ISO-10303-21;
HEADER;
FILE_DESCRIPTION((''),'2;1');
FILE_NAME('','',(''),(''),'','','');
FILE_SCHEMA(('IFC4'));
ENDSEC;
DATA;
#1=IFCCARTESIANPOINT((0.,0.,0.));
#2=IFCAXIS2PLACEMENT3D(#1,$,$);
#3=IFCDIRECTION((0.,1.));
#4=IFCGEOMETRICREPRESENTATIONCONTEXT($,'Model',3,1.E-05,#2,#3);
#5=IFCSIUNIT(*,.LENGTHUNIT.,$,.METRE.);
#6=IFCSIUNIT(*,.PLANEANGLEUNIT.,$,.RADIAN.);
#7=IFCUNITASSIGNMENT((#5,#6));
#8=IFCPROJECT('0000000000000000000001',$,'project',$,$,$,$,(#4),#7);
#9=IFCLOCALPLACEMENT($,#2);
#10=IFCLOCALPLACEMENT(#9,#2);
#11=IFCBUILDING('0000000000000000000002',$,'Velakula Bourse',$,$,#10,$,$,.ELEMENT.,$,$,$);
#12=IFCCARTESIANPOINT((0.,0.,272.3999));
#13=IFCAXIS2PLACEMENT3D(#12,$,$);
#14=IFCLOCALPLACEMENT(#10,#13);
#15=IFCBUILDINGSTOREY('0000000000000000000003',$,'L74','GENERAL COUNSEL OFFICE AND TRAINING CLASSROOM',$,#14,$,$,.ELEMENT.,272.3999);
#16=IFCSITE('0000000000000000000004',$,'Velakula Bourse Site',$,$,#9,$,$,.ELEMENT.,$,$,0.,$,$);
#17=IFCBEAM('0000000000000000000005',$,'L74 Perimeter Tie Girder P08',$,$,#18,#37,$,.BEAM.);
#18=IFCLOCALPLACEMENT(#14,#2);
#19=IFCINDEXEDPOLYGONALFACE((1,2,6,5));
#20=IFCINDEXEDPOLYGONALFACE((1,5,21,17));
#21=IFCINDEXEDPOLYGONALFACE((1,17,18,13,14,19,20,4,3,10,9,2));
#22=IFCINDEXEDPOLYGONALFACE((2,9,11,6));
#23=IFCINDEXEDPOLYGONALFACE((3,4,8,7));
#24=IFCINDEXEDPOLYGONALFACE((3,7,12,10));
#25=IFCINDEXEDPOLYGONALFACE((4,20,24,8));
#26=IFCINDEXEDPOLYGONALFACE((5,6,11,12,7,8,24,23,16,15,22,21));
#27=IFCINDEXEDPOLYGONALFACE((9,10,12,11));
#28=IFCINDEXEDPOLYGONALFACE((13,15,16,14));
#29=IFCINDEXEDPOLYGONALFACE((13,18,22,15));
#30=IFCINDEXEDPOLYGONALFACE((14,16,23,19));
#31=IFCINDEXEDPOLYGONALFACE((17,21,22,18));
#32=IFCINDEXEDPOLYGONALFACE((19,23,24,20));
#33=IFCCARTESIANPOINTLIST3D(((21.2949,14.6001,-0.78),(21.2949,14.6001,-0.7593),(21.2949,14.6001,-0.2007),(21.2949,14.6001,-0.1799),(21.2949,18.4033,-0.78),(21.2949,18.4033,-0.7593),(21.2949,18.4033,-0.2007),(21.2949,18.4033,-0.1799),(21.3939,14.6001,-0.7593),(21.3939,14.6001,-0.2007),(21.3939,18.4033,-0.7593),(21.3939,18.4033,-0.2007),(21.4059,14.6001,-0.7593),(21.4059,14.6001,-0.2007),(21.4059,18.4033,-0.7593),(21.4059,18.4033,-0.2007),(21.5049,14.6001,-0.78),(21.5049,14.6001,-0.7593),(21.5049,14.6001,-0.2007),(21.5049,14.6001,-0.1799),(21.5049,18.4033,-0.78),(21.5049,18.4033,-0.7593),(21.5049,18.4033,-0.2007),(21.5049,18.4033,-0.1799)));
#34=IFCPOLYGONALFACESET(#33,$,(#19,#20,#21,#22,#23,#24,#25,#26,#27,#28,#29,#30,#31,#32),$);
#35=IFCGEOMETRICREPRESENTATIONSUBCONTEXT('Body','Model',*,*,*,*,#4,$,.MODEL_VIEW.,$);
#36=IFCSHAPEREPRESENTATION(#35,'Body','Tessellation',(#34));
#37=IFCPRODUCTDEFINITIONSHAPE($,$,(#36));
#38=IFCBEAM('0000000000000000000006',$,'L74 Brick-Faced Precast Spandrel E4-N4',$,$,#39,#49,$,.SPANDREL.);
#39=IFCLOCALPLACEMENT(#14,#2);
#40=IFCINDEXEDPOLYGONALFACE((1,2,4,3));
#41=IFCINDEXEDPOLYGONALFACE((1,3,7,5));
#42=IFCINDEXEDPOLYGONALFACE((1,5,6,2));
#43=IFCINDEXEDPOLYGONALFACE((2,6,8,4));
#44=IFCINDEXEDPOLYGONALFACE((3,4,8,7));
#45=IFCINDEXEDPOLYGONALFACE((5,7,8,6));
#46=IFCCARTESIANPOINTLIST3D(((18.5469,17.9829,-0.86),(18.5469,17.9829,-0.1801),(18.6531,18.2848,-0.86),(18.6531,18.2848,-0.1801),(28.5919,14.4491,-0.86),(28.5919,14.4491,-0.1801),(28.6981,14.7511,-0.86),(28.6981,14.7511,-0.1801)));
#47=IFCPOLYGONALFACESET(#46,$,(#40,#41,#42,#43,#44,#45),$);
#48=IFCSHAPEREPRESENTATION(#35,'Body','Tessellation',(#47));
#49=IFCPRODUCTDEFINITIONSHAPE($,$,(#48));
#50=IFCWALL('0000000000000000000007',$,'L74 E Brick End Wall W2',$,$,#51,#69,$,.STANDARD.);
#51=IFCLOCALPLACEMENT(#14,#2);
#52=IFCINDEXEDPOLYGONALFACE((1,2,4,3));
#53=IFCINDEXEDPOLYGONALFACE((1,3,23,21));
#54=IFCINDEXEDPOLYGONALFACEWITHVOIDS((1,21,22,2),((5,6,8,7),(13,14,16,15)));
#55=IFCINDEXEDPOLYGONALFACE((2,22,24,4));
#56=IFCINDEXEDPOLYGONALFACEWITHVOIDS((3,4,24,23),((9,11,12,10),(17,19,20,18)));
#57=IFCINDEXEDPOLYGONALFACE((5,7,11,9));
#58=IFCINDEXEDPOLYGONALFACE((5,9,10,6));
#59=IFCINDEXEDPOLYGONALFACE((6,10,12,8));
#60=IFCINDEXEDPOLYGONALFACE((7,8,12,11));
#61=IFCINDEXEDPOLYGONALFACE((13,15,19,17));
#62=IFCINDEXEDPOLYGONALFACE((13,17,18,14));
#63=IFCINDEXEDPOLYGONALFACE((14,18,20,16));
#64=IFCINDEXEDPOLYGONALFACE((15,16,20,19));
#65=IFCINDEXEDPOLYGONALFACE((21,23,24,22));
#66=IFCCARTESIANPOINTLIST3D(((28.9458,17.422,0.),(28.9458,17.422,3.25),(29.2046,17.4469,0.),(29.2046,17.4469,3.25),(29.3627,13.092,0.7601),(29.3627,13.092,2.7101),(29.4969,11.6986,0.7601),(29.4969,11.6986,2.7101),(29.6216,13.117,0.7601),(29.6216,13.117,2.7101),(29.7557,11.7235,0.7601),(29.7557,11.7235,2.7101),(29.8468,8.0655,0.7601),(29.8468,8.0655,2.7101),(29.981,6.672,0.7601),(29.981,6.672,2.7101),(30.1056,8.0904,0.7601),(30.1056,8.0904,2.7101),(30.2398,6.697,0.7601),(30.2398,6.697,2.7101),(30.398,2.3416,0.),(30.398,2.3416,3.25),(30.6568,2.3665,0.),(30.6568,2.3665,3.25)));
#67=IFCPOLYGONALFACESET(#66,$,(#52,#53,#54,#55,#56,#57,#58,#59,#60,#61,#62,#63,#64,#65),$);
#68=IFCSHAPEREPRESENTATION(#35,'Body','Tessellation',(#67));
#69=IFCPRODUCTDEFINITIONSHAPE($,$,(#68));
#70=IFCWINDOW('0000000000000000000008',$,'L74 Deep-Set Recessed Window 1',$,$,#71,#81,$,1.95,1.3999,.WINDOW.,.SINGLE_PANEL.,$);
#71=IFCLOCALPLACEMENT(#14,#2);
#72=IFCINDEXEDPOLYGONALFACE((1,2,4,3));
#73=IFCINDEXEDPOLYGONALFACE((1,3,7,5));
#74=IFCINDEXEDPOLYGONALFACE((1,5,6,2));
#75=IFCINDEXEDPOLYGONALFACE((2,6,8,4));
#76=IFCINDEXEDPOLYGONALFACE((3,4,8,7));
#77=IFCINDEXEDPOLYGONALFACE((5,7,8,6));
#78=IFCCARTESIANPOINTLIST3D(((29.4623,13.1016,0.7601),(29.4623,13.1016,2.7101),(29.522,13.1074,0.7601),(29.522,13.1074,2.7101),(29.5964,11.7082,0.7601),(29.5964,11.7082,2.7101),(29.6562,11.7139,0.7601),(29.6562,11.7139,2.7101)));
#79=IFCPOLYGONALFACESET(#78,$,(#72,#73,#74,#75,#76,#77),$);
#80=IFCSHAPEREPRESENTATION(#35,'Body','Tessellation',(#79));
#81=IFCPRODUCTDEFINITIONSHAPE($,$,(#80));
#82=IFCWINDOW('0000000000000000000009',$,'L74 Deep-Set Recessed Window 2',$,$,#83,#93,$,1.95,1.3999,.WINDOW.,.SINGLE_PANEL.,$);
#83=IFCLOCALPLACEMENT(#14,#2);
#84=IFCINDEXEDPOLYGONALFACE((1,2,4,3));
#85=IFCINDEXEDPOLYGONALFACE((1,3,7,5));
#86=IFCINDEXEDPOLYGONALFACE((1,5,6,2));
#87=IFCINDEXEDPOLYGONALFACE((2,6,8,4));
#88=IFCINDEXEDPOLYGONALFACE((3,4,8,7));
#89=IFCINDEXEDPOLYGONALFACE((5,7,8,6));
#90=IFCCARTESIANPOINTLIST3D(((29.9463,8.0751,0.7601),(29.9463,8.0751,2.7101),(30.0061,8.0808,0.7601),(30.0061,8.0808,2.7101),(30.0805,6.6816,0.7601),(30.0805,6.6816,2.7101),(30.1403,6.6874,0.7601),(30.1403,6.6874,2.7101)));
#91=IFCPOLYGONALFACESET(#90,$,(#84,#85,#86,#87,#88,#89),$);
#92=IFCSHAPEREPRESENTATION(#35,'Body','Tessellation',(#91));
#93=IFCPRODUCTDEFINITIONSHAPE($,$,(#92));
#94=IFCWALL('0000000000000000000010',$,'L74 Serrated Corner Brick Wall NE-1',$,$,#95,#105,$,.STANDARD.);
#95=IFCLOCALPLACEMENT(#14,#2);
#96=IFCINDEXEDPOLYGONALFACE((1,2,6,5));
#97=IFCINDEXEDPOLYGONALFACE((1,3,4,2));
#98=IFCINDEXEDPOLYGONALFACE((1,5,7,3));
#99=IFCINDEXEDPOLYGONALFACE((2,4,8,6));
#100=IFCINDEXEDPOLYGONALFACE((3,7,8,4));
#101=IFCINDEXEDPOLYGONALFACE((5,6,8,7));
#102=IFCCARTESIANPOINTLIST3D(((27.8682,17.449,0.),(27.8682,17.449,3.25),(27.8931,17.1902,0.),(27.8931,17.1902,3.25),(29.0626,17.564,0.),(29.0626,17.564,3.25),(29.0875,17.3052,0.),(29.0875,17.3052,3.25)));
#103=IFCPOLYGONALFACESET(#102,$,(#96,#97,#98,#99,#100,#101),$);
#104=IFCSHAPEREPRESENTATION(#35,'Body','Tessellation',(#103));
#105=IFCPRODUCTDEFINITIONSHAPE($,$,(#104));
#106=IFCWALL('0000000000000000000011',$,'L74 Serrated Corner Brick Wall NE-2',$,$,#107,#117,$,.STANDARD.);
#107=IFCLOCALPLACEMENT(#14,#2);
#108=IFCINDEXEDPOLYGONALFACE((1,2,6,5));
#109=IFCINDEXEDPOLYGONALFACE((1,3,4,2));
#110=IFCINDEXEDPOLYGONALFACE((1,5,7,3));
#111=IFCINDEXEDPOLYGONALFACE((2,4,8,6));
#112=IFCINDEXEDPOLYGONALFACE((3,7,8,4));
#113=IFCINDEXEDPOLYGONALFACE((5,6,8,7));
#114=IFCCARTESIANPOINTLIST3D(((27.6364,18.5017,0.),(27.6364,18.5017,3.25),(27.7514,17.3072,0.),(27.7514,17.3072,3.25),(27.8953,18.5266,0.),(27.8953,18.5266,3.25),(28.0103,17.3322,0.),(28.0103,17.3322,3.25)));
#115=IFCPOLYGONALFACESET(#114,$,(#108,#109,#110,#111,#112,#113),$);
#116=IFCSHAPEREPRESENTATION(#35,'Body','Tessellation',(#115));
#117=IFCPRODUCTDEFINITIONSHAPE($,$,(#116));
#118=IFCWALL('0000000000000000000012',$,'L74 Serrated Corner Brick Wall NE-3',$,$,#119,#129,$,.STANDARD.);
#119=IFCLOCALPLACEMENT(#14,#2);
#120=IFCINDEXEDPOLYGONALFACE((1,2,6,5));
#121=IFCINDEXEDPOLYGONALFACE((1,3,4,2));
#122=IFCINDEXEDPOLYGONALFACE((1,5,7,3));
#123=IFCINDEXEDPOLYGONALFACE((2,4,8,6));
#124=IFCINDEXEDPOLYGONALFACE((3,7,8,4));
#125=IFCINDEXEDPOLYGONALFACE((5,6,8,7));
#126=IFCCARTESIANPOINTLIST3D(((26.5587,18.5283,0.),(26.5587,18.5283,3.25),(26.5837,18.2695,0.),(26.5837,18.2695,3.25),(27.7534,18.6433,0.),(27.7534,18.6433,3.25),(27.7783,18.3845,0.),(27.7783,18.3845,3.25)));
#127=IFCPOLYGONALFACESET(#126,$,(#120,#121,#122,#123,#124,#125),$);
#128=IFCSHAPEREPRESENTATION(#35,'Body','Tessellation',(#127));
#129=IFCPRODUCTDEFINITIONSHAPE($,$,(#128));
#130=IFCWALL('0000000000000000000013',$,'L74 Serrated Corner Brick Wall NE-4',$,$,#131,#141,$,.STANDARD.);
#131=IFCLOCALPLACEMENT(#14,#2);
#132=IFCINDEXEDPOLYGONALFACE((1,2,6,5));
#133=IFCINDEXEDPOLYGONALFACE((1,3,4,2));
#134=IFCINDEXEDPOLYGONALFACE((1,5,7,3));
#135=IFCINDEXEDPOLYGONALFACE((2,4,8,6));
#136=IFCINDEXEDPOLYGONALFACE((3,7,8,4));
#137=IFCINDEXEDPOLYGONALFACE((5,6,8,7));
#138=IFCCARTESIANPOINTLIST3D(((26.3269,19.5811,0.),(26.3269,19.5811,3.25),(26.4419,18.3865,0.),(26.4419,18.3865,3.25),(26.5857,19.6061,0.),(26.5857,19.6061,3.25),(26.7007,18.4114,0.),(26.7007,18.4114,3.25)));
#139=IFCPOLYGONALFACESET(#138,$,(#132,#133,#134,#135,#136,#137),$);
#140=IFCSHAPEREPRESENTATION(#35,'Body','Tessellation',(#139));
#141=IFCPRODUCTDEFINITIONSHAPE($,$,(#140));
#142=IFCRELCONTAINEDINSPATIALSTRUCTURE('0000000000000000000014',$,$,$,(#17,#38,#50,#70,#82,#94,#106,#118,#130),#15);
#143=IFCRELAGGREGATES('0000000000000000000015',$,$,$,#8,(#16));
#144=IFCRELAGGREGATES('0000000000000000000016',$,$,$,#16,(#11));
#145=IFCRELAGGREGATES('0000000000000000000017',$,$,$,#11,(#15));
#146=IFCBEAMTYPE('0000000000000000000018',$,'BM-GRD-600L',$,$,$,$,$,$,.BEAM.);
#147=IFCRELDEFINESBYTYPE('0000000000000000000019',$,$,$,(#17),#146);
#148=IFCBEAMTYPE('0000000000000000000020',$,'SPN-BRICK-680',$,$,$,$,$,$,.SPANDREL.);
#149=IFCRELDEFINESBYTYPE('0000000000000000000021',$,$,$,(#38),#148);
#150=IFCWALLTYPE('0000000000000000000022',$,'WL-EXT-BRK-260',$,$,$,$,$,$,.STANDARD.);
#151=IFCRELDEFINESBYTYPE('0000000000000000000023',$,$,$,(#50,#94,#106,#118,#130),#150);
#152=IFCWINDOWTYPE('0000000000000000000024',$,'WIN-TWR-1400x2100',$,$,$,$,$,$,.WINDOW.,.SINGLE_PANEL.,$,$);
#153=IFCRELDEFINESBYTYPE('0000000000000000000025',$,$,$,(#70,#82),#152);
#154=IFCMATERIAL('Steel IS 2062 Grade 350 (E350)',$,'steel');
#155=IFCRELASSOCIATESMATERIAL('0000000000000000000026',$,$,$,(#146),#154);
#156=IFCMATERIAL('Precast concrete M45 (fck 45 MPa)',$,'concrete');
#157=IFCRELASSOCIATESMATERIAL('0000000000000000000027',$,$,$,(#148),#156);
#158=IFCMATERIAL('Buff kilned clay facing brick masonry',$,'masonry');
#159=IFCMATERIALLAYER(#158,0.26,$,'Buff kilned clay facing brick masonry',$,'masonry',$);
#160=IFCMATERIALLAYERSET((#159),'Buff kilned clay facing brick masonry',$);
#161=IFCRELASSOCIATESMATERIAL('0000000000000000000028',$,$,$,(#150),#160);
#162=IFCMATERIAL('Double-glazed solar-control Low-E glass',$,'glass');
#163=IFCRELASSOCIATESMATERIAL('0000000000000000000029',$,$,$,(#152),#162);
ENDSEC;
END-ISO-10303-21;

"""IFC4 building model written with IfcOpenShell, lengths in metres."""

from ifc_helpers import new_model, si_unit, direction, frame, frame_2d, origin, origin_2d, place, context, subcontext, project, spatial, rectangle, i_section, extrude, material, layer, layer_set, material_profile, profile_set, type_object, element, fill, save


model = new_model("IFC4")

# Units and contexts
model_context = context("Model", 3, precision=1e-05, world=origin(), true_north=direction((0.0, 1.0)))
body_context = subcontext(model_context, "Body", "Model", "MODEL_VIEW")
ifc_project = project(units=[si_unit("LENGTHUNIT", "METRE"), si_unit("PLANEANGLEUNIT", "RADIAN")], contexts=[model_context])

# Site, building, storey
site_placement = place(None, origin())
site = spatial("IfcSite", under=ifc_project, at=site_placement, Name="Velakula Bourse Site", CompositionType="ELEMENT", RefElevation=0.0)
building_placement = place(site_placement, origin())
building = spatial("IfcBuilding", under=site, at=building_placement, Name="Velakula Bourse", CompositionType="ELEMENT")
storey_placement = place(building_placement, frame((0.0, 0.0, 272.3999)))
storey = spatial("IfcBuildingStorey", under=building, at=storey_placement, Name="L74", Description="GENERAL COUNSEL OFFICE AND TRAINING CLASSROOM", CompositionType="ELEMENT", Elevation=272.3999)

# Shared definitions
ifc_material_1 = material(Name="Steel IS 2062 Grade 350 (E350)", Category="steel")
ifc_material_2 = material(Name="Precast concrete M45 (fck 45 MPa)", Category="concrete")

# Beams
ifc_material_profile_1 = material_profile(ifc_material_1, i_section(OverallWidth=0.21, OverallDepth=0.6001, WebThickness=0.012, FlangeThickness=0.0208, at=origin_2d()), Name="Steel IS 2062 Grade 350 (E350)")
ifc_profile_set_1 = profile_set([ifc_material_profile_1], Name="Steel IS 2062 Grade 350 (E350)")
beam_type_1 = type_object("IfcBeamType", Name="BM-GRD-600L", PredefinedType="BEAM", material=ifc_profile_set_1)
beam_1_placement = place(storey_placement, frame((21.3999, 14.6001, -0.48), z_axis=(0.0, 1.0, 0.0), x_axis=(-1.0, 0.0, 0.0)))
element("IfcBeam", 1, at=beam_1_placement, inside=storey, type_object=beam_type_1, Name="L74 Perimeter Tie Girder P08", PredefinedType="BEAM", context=body_context, shape_type="SweptSolid", body=[
    extrude(i_section(OverallWidth=0.21, OverallDepth=0.6001, WebThickness=0.012, FlangeThickness=0.0208, at=origin_2d()), origin(), (0.0, 0.0, 1.0), 3.8032),
])
ifc_material_profile_2 = material_profile(ifc_material_2, rectangle(XDim=0.3201, YDim=0.6799, at=origin_2d()), Name="Precast concrete M45 (fck 45 MPa)")
ifc_profile_set_2 = profile_set([ifc_material_profile_2], Name="Precast concrete M45 (fck 45 MPa)")
beam_type_2 = type_object("IfcBeamType", Name="SPN-BRICK-680", PredefinedType="SPANDREL", material=ifc_profile_set_2)
beam_2_placement = place(storey_placement, frame((28.645, 14.6001, -0.52), z_axis=(-0.943331, 0.331853, 0.0), x_axis=(-0.331853, -0.943331, 0.0)))
element("IfcBeam", 2, at=beam_2_placement, inside=storey, type_object=beam_type_2, Name="L74 Brick-Faced Precast Spandrel E4-N4", PredefinedType="SPANDREL", context=body_context, shape_type="SweptSolid", body=[
    extrude(rectangle(XDim=0.3201, YDim=0.6799, at=origin_2d()), origin(), (0.0, 0.0, 1.0), 10.6484),
])

# Wall, openings, windows
ifc_material_3 = material(Name="Buff kilned clay facing brick masonry", Category="masonry")
ifc_layer = layer(ifc_material_3, 0.26, Name="Buff kilned clay facing brick masonry", Category="masonry")
ifc_layer_set = layer_set([ifc_layer], Name="Buff kilned clay facing brick masonry")
wall_type = type_object("IfcWallType", Name="WL-EXT-BRK-260", PredefinedType="STANDARD", material=ifc_layer_set)
wall_placement = place(storey_placement, frame((29.0752, 17.4346, 0.0), z_axis=(0.0, 0.0, 1.0), x_axis=(0.095851, -0.995396, 0.0)))
wall = element("IfcWall", 3, at=wall_placement, inside=storey, type_object=wall_type, Name="L74 E Brick End Wall W2", PredefinedType="STANDARD", context=body_context, shape_type="SweptSolid", body=[
    extrude(rectangle(XDim=15.1501, YDim=0.26, at=frame_2d((7.5752, 0.0))), origin(), (0.0, 0.0, 1.0), 3.25),
])
opening_1_placement = place(wall_placement, frame((4.3501, 0.0, 0.76)))
opening_1 = element("IfcOpeningElement", 4, at=opening_1_placement, cuts=wall, PredefinedType="OPENING", context=body_context, shape_type="SweptSolid", body=[
    extrude(rectangle(XDim=1.3999, YDim=1.95, at=frame_2d((0.7, 0.9751))), frame((0.0, 0.1399, 0.0), z_axis=(0.0, -1.0, 0.0), x_axis=(1.0, 0.0, 0.0)), (0.0, 0.0, 1.0), 0.28),
])
opening_2_placement = place(wall_placement, frame((9.3999, 0.0, 0.76)))
opening_2 = element("IfcOpeningElement", 5, at=opening_2_placement, cuts=wall, PredefinedType="OPENING", context=body_context, shape_type="SweptSolid", body=[
    extrude(rectangle(XDim=1.3999, YDim=1.95, at=frame_2d((0.7, 0.9751))), frame((0.0, 0.1399, 0.0), z_axis=(0.0, -1.0, 0.0), x_axis=(1.0, 0.0, 0.0)), (0.0, 0.0, 1.0), 0.28),
])
ifc_material_4 = material(Name="Double-glazed solar-control Low-E glass", Category="glass")
window_type = type_object("IfcWindowType", Name="WIN-TWR-1400x2100", PartitioningType="SINGLE_PANEL", PredefinedType="WINDOW", material=ifc_material_4)
window_1_placement = place(opening_1_placement, origin())
window_1 = element("IfcWindow", 6, at=window_1_placement, inside=storey, type_object=window_type, Name="L74 Deep-Set Recessed Window 1", OverallHeight=1.95, OverallWidth=1.3999, PartitioningType="SINGLE_PANEL", PredefinedType="WINDOW", context=body_context, shape_type="SweptSolid", body=[
    extrude(rectangle(XDim=1.3999, YDim=1.95, at=frame_2d((0.7, 0.9751))), frame((0.0, 0.03, 0.0), z_axis=(0.0, -1.0, 0.0), x_axis=(1.0, 0.0, 0.0)), (0.0, 0.0, 1.0), 0.0601),
])
fill(opening_1, window_1)
window_2_placement = place(opening_2_placement, origin())
window_2 = element("IfcWindow", 7, at=window_2_placement, inside=storey, type_object=window_type, Name="L74 Deep-Set Recessed Window 2", OverallHeight=1.95, OverallWidth=1.3999, PartitioningType="SINGLE_PANEL", PredefinedType="WINDOW", context=body_context, shape_type="SweptSolid", body=[
    extrude(rectangle(XDim=1.3999, YDim=1.95, at=frame_2d((0.7, 0.9751))), frame((0.0, 0.03, 0.0), z_axis=(0.0, -1.0, 0.0), x_axis=(1.0, 0.0, 0.0)), (0.0, 0.0, 1.0), 0.0601),
])
fill(opening_2, window_2)

# Walls
for number, where, z_axis, x_axis, name in (
    (8, (29.0752, 17.4346, 0.0), (0.0, 0.0, 1.0), (-0.995397, -0.095836, 0.0), "L74 Serrated Corner Brick Wall NE-1"),
    (9, (27.8809, 17.3196, 0.0), (0.0, 0.0, 1.0), (-0.095836, 0.995397, 0.0), "L74 Serrated Corner Brick Wall NE-2"),
):
    element("IfcWall", number, at=place(storey_placement, frame(where, z_axis=z_axis, x_axis=x_axis)), inside=storey, type_object=wall_type, Name=name, PredefinedType="STANDARD", context=body_context, shape_type="SweptSolid", body=[
        extrude(rectangle(XDim=1.2, YDim=0.26, at=frame_2d((0.6001, 0.0))), origin(), (0.0, 0.0, 1.0), 3.25),
    ])
for number, where, z_axis, x_axis, name in (
    (10, (27.7659, 18.5139, 0.0), (0.0, 0.0, 1.0), (-0.995399, -0.095817, 0.0), "L74 Serrated Corner Brick Wall NE-3"),
    (11, (26.5713, 18.3989, 0.0), (0.0, 0.0, 1.0), (-0.095817, 0.995399, 0.0), "L74 Serrated Corner Brick Wall NE-4"),
):
    element("IfcWall", number, at=place(storey_placement, frame(where, z_axis=z_axis, x_axis=x_axis)), inside=storey, type_object=wall_type, Name=name, PredefinedType="STANDARD", context=body_context, shape_type="SweptSolid", body=[
        extrude(rectangle(XDim=1.2002, YDim=0.26, at=frame_2d((0.6001, 0.0))), origin(), (0.0, 0.0, 1.0), 3.25),
    ])

save(model, "model.ifc")
